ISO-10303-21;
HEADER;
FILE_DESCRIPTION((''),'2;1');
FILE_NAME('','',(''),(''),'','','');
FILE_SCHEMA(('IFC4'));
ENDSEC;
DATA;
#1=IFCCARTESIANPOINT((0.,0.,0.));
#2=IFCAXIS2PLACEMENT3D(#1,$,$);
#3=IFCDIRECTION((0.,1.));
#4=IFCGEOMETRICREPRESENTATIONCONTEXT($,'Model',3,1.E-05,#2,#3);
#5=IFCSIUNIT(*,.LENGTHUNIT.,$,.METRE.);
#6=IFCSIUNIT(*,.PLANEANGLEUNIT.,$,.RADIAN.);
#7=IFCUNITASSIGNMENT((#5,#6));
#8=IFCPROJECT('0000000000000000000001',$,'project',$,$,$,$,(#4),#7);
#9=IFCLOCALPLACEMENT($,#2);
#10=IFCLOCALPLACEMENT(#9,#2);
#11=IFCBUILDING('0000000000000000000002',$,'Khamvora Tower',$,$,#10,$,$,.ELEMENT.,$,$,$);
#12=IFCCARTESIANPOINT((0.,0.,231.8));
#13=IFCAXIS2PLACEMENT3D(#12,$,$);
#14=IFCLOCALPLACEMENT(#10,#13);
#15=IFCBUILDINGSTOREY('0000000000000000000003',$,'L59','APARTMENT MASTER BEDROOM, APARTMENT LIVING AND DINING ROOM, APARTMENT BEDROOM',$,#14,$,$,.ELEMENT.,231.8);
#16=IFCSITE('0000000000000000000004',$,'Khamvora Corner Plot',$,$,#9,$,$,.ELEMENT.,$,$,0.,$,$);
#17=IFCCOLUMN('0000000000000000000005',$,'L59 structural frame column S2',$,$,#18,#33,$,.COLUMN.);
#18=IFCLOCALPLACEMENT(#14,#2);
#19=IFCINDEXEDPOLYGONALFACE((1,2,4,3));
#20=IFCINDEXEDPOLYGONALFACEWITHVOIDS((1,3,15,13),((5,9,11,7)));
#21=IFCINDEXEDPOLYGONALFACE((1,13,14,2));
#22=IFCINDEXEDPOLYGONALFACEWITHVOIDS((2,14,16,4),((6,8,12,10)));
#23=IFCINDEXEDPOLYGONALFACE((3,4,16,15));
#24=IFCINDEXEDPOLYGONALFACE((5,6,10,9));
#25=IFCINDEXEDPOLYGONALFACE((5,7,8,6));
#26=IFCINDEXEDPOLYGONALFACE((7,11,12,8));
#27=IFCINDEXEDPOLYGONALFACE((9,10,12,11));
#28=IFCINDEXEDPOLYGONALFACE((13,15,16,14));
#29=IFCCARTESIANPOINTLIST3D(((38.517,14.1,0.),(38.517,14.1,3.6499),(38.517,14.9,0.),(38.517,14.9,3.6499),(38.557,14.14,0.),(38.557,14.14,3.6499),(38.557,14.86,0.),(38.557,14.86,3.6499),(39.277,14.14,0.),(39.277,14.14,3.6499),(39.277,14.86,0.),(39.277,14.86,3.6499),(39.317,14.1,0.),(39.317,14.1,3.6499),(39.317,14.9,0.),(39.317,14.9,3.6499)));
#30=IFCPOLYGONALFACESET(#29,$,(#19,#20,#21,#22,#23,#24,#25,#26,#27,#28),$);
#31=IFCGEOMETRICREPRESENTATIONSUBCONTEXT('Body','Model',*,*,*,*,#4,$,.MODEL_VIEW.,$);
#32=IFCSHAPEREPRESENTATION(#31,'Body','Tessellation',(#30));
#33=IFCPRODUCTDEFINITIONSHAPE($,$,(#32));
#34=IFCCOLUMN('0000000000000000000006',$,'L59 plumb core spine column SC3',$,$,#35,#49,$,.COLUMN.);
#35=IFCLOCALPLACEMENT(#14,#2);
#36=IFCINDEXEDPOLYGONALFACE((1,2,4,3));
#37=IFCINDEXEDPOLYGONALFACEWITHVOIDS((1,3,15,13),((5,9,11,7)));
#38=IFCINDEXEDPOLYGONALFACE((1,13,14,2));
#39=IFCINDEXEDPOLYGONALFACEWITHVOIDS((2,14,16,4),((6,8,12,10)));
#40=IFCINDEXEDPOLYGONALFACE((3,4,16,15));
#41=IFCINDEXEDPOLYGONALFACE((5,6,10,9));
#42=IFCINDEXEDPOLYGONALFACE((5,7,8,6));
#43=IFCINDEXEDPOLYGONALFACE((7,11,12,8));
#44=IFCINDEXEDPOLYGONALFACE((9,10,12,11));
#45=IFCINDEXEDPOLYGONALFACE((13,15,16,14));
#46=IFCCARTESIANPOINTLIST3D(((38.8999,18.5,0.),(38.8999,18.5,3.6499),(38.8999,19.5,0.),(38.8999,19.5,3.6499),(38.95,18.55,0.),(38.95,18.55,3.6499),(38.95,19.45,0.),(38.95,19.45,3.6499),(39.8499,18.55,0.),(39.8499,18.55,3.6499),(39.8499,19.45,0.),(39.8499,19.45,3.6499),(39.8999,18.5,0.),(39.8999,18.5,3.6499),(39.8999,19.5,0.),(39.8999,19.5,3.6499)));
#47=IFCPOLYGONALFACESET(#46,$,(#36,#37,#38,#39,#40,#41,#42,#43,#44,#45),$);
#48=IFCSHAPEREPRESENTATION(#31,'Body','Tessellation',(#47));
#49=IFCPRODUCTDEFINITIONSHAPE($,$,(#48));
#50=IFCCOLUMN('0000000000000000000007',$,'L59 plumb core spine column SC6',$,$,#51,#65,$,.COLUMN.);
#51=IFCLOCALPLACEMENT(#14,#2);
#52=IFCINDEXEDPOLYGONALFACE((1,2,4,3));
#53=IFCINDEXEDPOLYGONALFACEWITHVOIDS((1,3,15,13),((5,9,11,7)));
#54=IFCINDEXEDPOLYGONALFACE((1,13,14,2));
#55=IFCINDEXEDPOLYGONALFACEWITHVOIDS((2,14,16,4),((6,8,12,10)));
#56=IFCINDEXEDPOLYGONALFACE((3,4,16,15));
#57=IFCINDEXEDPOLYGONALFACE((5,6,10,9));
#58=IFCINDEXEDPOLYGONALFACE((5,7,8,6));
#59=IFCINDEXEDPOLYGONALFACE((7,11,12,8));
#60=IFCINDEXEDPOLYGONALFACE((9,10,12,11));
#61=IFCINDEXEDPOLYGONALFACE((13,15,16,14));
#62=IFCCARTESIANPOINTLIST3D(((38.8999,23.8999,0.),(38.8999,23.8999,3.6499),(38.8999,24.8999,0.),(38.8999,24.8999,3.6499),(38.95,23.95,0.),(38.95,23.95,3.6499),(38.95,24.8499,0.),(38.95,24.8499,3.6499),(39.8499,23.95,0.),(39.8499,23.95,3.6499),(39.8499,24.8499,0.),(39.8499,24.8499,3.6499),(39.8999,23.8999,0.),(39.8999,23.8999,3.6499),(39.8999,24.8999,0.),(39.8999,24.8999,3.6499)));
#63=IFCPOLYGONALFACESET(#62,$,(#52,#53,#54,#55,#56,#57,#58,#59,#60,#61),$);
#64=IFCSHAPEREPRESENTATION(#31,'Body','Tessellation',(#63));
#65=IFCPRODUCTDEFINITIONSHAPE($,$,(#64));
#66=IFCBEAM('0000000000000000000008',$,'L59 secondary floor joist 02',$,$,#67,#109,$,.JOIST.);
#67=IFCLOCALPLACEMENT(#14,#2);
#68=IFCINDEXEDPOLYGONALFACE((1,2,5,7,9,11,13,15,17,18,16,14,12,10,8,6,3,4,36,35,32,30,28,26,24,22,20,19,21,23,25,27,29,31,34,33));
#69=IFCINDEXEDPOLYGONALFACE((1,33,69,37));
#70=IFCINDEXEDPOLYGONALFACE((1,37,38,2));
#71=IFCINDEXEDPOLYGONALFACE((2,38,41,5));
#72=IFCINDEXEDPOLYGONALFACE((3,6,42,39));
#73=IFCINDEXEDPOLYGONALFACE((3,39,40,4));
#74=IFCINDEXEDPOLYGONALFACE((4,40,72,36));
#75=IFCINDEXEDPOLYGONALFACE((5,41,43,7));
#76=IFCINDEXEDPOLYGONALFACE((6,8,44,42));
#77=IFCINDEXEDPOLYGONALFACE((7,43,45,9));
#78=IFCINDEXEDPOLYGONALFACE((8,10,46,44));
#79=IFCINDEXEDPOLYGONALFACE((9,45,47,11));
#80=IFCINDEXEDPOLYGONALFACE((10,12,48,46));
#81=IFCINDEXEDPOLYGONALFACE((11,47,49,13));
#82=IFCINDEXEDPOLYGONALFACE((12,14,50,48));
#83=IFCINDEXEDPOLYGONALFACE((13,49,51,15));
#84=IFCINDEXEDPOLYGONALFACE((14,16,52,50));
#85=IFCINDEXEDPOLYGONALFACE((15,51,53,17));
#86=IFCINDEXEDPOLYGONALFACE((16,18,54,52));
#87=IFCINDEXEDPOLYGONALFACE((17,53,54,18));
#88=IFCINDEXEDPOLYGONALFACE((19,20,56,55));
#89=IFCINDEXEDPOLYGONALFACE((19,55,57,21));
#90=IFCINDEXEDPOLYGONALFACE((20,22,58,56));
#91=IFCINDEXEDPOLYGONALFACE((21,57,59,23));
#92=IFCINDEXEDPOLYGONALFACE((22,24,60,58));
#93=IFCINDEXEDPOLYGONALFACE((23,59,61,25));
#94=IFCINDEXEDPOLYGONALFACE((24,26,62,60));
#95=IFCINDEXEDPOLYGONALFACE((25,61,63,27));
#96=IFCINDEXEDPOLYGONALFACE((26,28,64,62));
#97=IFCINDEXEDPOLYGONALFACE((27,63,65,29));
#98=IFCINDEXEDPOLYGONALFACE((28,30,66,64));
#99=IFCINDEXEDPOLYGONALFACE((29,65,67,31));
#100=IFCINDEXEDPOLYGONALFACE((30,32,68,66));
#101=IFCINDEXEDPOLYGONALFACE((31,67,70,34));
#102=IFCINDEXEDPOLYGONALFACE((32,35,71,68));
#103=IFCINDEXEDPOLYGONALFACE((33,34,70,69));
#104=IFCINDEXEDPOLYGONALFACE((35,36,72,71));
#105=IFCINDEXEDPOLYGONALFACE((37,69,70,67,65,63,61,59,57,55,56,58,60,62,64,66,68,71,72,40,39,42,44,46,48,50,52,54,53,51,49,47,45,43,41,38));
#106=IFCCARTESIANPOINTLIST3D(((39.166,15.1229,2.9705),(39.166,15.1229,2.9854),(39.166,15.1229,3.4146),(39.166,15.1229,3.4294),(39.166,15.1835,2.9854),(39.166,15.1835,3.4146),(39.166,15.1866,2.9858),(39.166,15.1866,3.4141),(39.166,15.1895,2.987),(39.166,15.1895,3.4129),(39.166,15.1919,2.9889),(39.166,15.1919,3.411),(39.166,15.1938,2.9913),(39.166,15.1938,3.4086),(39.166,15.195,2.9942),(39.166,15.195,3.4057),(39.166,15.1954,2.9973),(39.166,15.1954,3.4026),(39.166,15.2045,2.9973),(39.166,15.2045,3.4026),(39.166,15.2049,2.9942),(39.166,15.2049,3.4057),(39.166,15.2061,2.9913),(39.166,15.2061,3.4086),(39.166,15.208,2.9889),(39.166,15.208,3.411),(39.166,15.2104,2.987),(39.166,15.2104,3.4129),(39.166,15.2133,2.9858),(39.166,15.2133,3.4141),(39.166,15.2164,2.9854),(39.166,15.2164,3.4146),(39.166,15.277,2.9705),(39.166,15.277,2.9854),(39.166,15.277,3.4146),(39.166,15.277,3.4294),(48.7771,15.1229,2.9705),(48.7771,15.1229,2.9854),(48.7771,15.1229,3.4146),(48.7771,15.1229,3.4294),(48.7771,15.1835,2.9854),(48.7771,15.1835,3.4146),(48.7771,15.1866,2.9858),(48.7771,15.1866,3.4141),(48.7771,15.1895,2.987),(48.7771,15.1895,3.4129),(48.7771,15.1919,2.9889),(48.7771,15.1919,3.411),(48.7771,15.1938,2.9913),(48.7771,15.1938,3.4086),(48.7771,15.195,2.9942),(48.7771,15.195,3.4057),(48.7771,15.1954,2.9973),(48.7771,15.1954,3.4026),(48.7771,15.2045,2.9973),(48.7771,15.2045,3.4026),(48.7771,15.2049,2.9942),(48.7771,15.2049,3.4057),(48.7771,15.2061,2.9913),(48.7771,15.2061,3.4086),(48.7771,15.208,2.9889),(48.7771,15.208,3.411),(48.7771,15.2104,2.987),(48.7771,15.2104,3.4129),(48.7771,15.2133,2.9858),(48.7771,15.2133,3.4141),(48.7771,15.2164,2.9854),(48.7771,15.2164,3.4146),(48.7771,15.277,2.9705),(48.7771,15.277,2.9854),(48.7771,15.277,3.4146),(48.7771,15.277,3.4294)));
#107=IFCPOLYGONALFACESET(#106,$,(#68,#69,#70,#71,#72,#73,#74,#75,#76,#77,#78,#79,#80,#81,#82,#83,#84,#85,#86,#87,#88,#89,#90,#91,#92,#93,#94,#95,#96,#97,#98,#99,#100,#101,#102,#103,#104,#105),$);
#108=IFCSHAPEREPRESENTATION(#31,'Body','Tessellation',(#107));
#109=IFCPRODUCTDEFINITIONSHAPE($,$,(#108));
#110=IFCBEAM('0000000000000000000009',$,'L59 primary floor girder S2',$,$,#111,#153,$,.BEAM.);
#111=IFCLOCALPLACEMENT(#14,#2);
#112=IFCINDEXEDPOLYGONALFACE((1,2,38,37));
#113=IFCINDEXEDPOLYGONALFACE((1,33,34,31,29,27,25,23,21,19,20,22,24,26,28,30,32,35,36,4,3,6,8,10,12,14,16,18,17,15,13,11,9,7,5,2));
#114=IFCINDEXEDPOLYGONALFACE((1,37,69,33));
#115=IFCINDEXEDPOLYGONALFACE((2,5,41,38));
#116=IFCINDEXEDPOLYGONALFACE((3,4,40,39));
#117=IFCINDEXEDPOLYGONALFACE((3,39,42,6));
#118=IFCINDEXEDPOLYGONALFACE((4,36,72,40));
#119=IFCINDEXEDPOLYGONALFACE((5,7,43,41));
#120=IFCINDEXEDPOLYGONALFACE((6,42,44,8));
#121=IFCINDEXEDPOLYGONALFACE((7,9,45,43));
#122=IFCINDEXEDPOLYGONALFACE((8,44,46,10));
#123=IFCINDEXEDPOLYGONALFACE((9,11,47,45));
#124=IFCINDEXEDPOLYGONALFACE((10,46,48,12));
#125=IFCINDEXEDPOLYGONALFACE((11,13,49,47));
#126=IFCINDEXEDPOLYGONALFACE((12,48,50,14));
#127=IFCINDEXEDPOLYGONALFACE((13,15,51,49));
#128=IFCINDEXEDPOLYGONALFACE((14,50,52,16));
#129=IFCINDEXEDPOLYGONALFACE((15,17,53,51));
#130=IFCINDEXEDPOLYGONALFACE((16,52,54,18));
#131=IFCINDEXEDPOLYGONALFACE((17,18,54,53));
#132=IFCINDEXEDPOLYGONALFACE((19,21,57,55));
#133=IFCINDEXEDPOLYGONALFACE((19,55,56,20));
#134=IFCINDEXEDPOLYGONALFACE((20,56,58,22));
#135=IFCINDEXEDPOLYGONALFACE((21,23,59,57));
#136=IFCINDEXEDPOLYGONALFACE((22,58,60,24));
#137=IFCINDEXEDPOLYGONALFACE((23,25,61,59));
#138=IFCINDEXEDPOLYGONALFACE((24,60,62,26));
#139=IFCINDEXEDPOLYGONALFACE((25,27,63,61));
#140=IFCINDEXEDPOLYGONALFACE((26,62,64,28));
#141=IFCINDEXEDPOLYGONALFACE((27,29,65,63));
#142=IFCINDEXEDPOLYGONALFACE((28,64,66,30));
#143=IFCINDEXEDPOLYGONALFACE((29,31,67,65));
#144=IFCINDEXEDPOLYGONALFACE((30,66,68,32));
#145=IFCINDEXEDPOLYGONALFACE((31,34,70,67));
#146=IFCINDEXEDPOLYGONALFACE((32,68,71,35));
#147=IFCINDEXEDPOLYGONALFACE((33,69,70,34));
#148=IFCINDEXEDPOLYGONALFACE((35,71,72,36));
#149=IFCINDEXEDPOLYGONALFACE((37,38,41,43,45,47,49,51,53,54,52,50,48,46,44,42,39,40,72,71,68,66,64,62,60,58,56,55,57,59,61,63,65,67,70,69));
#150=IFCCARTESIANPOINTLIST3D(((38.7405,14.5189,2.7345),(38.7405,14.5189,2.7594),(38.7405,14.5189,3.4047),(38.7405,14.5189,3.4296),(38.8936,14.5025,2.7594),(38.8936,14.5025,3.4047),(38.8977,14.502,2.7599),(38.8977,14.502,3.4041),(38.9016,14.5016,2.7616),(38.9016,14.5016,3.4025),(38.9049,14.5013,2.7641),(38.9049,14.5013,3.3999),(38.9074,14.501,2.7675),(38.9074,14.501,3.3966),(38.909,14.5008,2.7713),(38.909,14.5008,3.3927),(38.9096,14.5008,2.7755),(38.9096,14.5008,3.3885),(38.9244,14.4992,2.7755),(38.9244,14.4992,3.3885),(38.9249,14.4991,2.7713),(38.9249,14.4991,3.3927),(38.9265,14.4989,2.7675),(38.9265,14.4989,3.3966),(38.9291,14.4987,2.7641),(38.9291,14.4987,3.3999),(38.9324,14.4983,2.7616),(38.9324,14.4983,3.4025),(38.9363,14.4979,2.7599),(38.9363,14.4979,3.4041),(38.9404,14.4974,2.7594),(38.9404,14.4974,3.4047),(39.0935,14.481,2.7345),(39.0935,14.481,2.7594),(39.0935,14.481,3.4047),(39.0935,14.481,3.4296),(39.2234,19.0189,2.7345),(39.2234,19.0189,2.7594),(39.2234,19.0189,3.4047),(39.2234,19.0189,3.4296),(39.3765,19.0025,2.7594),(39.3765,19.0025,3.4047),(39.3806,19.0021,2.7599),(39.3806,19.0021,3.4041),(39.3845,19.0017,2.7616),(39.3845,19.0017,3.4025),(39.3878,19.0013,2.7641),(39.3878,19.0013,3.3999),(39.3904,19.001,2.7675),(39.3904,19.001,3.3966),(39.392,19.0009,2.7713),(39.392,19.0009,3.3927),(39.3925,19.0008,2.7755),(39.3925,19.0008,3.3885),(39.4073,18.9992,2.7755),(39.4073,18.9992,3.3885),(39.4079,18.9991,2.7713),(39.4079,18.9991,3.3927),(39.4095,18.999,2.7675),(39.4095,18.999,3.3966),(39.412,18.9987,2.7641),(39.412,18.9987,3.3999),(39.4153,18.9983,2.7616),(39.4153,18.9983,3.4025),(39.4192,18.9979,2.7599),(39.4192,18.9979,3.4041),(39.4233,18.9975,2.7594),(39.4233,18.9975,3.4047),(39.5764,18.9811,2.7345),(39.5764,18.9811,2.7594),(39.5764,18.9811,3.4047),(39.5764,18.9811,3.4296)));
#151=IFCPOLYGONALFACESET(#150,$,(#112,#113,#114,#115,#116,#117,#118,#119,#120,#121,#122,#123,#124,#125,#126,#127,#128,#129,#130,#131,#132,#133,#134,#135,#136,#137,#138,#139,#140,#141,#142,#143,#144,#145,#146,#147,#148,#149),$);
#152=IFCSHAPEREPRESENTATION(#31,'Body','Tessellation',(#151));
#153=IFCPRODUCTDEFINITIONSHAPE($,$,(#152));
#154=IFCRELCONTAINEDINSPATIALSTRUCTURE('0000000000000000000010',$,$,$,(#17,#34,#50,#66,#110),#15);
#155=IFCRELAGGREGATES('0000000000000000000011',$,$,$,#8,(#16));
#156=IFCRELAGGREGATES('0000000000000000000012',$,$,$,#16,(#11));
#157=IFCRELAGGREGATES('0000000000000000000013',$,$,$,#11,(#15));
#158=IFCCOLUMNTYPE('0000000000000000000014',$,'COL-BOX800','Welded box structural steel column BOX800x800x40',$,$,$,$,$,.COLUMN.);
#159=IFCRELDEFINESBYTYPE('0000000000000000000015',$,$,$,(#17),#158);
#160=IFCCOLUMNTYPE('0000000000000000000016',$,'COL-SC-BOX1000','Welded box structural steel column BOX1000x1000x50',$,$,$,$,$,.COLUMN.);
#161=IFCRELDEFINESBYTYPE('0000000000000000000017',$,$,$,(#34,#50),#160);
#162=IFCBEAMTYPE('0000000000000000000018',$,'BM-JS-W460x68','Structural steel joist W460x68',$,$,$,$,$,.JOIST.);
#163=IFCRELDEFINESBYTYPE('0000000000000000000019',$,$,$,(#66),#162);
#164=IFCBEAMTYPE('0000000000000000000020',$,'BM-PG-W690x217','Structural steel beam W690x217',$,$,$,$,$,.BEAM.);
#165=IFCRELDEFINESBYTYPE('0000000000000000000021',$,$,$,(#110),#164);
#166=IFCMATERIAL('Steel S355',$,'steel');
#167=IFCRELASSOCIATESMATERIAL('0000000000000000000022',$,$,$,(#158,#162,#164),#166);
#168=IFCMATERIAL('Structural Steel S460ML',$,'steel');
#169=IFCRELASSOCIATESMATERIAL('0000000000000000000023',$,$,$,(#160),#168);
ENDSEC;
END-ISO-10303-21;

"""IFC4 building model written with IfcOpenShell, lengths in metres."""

from ifc_helpers import new_model, si_unit, direction, frame, origin, origin_2d, place, context, subcontext, project, spatial, hollow_rectangle, i_section, extrude, material, material_profile, profile_set, type_object, element, save


model = new_model("IFC4")

# Units and contexts
model_context = context("Model", 3, precision=1e-05, world=origin(), true_north=direction((0.0, 1.0)))
body_context = subcontext(model_context, "Body", "Model", "MODEL_VIEW")
ifc_project = project(units=[si_unit("LENGTHUNIT", "METRE"), si_unit("PLANEANGLEUNIT", "RADIAN")], contexts=[model_context])

# Site, building, storey
site_placement = place(None, origin())
site = spatial("IfcSite", under=ifc_project, at=site_placement, Name="Khamvora Corner Plot", CompositionType="ELEMENT", RefElevation=0.0)
building_placement = place(site_placement, origin())
building = spatial("IfcBuilding", under=site, at=building_placement, Name="Khamvora Tower", CompositionType="ELEMENT")
storey_placement = place(building_placement, frame((0.0, 0.0, 231.8)))
storey = spatial("IfcBuildingStorey", under=building, at=storey_placement, Name="L59", Description="APARTMENT MASTER BEDROOM, APARTMENT LIVING AND DINING ROOM, APARTMENT BEDROOM", CompositionType="ELEMENT", Elevation=231.8)

# Columns
ifc_material_1 = material(Name="Steel S355", Category="steel")
ifc_material_profile_1 = material_profile(ifc_material_1, hollow_rectangle(XDim=0.8, YDim=0.8, WallThickness=0.04, at=origin_2d()), Name="BOX800x800x40")
ifc_profile_set_1 = profile_set([ifc_material_profile_1], Name="Steel S355")
column_type_1 = type_object("IfcColumnType", Name="COL-BOX800", Description="Welded box structural steel column BOX800x800x40", PredefinedType="COLUMN", material=ifc_profile_set_1)
column_placement = place(storey_placement, frame((38.917, 14.5, 0.0), z_axis=(0.0, 0.0, 1.0), x_axis=(1.0, 0.0, 0.0)))
element("IfcColumn", 1, at=column_placement, inside=storey, type_object=column_type_1, Name="L59 structural frame column S2", PredefinedType="COLUMN", context=body_context, shape_type="SweptSolid", body=[
    extrude(hollow_rectangle(XDim=0.8, YDim=0.8, WallThickness=0.04, at=origin_2d()), origin(), (0.0, 0.0, 1.0), 3.6499),
])
ifc_material_2 = material(Name="Structural Steel S460ML", Category="steel")
ifc_material_profile_2 = material_profile(ifc_material_2, hollow_rectangle(XDim=1.0, YDim=1.0, WallThickness=0.05, at=origin_2d()), Name="BOX1000x1000x50")
ifc_profile_set_2 = profile_set([ifc_material_profile_2], Name="Structural Steel S460ML")
column_type_2 = type_object("IfcColumnType", Name="COL-SC-BOX1000", Description="Welded box structural steel column BOX1000x1000x50", PredefinedType="COLUMN", material=ifc_profile_set_2)
for number, where, z_axis, x_axis, name in (
    (2, (39.3999, 19.0, 0.0), (0.0, 0.0, 1.0), (1.0, 0.0, 0.0), "L59 plumb core spine column SC3"),
    (3, (39.3999, 24.3999, 0.0), (0.0, 0.0, 1.0), (1.0, 0.0, 0.0), "L59 plumb core spine column SC6"),
):
    element("IfcColumn", number, at=place(storey_placement, frame(where, z_axis=z_axis, x_axis=x_axis)), inside=storey, type_object=column_type_2, Name=name, PredefinedType="COLUMN", context=body_context, shape_type="SweptSolid", body=[
        extrude(hollow_rectangle(XDim=1.0, YDim=1.0, WallThickness=0.05, at=origin_2d()), origin(), (0.0, 0.0, 1.0), 3.6499),
    ])

# Beams
ifc_material_profile_3 = material_profile(ifc_material_1, i_section(OverallWidth=0.1541, OverallDepth=0.459, WebThickness=0.009, FlangeThickness=0.0149, FilletRadius=0.012, at=origin_2d()), Name="W460x68")
ifc_profile_set_3 = profile_set([ifc_material_profile_3], Name="Steel S355")
beam_type_1 = type_object("IfcBeamType", Name="BM-JS-W460x68", Description="Structural steel joist W460x68", PredefinedType="JOIST", material=ifc_profile_set_3)
beam_1_placement = place(storey_placement, frame((39.166, 15.2, 3.2), z_axis=(1.0, 0.0, 0.0), x_axis=(0.0, 1.0, 0.0)))
element("IfcBeam", 4, at=beam_1_placement, inside=storey, type_object=beam_type_1, Name="L59 secondary floor joist 02", PredefinedType="JOIST", context=body_context, shape_type="SweptSolid", body=[
    extrude(i_section(OverallWidth=0.1541, OverallDepth=0.459, WebThickness=0.009, FlangeThickness=0.0149, FilletRadius=0.012, at=origin_2d()), origin(), (0.0, 0.0, 1.0), 9.6111),
])
ifc_material_profile_4 = material_profile(ifc_material_1, i_section(OverallWidth=0.355, OverallDepth=0.6951, WebThickness=0.0149, FlangeThickness=0.0249, FilletRadius=0.0161, at=origin_2d()), Name="W690x217")
ifc_profile_set_4 = profile_set([ifc_material_profile_4], Name="Steel S355")
beam_type_2 = type_object("IfcBeamType", Name="BM-PG-W690x217", Description="Structural steel beam W690x217", PredefinedType="BEAM", material=ifc_profile_set_4)
beam_2_placement = place(storey_placement, frame((39.3999, 19.0, 3.082), z_axis=(-0.106701, -0.994291, 0.0), x_axis=(0.994291, -0.106701, 0.0)))
element("IfcBeam", 5, at=beam_2_placement, inside=storey, type_object=beam_type_2, Name="L59 primary floor girder S2", PredefinedType="BEAM", context=body_context, shape_type="SweptSolid", body=[
    extrude(i_section(OverallWidth=0.355, OverallDepth=0.6951, WebThickness=0.0149, FlangeThickness=0.0249, FilletRadius=0.0161, at=origin_2d()), origin(), (0.0, 0.0, 1.0), 4.5259),
])

save(model, "model.ifc")
